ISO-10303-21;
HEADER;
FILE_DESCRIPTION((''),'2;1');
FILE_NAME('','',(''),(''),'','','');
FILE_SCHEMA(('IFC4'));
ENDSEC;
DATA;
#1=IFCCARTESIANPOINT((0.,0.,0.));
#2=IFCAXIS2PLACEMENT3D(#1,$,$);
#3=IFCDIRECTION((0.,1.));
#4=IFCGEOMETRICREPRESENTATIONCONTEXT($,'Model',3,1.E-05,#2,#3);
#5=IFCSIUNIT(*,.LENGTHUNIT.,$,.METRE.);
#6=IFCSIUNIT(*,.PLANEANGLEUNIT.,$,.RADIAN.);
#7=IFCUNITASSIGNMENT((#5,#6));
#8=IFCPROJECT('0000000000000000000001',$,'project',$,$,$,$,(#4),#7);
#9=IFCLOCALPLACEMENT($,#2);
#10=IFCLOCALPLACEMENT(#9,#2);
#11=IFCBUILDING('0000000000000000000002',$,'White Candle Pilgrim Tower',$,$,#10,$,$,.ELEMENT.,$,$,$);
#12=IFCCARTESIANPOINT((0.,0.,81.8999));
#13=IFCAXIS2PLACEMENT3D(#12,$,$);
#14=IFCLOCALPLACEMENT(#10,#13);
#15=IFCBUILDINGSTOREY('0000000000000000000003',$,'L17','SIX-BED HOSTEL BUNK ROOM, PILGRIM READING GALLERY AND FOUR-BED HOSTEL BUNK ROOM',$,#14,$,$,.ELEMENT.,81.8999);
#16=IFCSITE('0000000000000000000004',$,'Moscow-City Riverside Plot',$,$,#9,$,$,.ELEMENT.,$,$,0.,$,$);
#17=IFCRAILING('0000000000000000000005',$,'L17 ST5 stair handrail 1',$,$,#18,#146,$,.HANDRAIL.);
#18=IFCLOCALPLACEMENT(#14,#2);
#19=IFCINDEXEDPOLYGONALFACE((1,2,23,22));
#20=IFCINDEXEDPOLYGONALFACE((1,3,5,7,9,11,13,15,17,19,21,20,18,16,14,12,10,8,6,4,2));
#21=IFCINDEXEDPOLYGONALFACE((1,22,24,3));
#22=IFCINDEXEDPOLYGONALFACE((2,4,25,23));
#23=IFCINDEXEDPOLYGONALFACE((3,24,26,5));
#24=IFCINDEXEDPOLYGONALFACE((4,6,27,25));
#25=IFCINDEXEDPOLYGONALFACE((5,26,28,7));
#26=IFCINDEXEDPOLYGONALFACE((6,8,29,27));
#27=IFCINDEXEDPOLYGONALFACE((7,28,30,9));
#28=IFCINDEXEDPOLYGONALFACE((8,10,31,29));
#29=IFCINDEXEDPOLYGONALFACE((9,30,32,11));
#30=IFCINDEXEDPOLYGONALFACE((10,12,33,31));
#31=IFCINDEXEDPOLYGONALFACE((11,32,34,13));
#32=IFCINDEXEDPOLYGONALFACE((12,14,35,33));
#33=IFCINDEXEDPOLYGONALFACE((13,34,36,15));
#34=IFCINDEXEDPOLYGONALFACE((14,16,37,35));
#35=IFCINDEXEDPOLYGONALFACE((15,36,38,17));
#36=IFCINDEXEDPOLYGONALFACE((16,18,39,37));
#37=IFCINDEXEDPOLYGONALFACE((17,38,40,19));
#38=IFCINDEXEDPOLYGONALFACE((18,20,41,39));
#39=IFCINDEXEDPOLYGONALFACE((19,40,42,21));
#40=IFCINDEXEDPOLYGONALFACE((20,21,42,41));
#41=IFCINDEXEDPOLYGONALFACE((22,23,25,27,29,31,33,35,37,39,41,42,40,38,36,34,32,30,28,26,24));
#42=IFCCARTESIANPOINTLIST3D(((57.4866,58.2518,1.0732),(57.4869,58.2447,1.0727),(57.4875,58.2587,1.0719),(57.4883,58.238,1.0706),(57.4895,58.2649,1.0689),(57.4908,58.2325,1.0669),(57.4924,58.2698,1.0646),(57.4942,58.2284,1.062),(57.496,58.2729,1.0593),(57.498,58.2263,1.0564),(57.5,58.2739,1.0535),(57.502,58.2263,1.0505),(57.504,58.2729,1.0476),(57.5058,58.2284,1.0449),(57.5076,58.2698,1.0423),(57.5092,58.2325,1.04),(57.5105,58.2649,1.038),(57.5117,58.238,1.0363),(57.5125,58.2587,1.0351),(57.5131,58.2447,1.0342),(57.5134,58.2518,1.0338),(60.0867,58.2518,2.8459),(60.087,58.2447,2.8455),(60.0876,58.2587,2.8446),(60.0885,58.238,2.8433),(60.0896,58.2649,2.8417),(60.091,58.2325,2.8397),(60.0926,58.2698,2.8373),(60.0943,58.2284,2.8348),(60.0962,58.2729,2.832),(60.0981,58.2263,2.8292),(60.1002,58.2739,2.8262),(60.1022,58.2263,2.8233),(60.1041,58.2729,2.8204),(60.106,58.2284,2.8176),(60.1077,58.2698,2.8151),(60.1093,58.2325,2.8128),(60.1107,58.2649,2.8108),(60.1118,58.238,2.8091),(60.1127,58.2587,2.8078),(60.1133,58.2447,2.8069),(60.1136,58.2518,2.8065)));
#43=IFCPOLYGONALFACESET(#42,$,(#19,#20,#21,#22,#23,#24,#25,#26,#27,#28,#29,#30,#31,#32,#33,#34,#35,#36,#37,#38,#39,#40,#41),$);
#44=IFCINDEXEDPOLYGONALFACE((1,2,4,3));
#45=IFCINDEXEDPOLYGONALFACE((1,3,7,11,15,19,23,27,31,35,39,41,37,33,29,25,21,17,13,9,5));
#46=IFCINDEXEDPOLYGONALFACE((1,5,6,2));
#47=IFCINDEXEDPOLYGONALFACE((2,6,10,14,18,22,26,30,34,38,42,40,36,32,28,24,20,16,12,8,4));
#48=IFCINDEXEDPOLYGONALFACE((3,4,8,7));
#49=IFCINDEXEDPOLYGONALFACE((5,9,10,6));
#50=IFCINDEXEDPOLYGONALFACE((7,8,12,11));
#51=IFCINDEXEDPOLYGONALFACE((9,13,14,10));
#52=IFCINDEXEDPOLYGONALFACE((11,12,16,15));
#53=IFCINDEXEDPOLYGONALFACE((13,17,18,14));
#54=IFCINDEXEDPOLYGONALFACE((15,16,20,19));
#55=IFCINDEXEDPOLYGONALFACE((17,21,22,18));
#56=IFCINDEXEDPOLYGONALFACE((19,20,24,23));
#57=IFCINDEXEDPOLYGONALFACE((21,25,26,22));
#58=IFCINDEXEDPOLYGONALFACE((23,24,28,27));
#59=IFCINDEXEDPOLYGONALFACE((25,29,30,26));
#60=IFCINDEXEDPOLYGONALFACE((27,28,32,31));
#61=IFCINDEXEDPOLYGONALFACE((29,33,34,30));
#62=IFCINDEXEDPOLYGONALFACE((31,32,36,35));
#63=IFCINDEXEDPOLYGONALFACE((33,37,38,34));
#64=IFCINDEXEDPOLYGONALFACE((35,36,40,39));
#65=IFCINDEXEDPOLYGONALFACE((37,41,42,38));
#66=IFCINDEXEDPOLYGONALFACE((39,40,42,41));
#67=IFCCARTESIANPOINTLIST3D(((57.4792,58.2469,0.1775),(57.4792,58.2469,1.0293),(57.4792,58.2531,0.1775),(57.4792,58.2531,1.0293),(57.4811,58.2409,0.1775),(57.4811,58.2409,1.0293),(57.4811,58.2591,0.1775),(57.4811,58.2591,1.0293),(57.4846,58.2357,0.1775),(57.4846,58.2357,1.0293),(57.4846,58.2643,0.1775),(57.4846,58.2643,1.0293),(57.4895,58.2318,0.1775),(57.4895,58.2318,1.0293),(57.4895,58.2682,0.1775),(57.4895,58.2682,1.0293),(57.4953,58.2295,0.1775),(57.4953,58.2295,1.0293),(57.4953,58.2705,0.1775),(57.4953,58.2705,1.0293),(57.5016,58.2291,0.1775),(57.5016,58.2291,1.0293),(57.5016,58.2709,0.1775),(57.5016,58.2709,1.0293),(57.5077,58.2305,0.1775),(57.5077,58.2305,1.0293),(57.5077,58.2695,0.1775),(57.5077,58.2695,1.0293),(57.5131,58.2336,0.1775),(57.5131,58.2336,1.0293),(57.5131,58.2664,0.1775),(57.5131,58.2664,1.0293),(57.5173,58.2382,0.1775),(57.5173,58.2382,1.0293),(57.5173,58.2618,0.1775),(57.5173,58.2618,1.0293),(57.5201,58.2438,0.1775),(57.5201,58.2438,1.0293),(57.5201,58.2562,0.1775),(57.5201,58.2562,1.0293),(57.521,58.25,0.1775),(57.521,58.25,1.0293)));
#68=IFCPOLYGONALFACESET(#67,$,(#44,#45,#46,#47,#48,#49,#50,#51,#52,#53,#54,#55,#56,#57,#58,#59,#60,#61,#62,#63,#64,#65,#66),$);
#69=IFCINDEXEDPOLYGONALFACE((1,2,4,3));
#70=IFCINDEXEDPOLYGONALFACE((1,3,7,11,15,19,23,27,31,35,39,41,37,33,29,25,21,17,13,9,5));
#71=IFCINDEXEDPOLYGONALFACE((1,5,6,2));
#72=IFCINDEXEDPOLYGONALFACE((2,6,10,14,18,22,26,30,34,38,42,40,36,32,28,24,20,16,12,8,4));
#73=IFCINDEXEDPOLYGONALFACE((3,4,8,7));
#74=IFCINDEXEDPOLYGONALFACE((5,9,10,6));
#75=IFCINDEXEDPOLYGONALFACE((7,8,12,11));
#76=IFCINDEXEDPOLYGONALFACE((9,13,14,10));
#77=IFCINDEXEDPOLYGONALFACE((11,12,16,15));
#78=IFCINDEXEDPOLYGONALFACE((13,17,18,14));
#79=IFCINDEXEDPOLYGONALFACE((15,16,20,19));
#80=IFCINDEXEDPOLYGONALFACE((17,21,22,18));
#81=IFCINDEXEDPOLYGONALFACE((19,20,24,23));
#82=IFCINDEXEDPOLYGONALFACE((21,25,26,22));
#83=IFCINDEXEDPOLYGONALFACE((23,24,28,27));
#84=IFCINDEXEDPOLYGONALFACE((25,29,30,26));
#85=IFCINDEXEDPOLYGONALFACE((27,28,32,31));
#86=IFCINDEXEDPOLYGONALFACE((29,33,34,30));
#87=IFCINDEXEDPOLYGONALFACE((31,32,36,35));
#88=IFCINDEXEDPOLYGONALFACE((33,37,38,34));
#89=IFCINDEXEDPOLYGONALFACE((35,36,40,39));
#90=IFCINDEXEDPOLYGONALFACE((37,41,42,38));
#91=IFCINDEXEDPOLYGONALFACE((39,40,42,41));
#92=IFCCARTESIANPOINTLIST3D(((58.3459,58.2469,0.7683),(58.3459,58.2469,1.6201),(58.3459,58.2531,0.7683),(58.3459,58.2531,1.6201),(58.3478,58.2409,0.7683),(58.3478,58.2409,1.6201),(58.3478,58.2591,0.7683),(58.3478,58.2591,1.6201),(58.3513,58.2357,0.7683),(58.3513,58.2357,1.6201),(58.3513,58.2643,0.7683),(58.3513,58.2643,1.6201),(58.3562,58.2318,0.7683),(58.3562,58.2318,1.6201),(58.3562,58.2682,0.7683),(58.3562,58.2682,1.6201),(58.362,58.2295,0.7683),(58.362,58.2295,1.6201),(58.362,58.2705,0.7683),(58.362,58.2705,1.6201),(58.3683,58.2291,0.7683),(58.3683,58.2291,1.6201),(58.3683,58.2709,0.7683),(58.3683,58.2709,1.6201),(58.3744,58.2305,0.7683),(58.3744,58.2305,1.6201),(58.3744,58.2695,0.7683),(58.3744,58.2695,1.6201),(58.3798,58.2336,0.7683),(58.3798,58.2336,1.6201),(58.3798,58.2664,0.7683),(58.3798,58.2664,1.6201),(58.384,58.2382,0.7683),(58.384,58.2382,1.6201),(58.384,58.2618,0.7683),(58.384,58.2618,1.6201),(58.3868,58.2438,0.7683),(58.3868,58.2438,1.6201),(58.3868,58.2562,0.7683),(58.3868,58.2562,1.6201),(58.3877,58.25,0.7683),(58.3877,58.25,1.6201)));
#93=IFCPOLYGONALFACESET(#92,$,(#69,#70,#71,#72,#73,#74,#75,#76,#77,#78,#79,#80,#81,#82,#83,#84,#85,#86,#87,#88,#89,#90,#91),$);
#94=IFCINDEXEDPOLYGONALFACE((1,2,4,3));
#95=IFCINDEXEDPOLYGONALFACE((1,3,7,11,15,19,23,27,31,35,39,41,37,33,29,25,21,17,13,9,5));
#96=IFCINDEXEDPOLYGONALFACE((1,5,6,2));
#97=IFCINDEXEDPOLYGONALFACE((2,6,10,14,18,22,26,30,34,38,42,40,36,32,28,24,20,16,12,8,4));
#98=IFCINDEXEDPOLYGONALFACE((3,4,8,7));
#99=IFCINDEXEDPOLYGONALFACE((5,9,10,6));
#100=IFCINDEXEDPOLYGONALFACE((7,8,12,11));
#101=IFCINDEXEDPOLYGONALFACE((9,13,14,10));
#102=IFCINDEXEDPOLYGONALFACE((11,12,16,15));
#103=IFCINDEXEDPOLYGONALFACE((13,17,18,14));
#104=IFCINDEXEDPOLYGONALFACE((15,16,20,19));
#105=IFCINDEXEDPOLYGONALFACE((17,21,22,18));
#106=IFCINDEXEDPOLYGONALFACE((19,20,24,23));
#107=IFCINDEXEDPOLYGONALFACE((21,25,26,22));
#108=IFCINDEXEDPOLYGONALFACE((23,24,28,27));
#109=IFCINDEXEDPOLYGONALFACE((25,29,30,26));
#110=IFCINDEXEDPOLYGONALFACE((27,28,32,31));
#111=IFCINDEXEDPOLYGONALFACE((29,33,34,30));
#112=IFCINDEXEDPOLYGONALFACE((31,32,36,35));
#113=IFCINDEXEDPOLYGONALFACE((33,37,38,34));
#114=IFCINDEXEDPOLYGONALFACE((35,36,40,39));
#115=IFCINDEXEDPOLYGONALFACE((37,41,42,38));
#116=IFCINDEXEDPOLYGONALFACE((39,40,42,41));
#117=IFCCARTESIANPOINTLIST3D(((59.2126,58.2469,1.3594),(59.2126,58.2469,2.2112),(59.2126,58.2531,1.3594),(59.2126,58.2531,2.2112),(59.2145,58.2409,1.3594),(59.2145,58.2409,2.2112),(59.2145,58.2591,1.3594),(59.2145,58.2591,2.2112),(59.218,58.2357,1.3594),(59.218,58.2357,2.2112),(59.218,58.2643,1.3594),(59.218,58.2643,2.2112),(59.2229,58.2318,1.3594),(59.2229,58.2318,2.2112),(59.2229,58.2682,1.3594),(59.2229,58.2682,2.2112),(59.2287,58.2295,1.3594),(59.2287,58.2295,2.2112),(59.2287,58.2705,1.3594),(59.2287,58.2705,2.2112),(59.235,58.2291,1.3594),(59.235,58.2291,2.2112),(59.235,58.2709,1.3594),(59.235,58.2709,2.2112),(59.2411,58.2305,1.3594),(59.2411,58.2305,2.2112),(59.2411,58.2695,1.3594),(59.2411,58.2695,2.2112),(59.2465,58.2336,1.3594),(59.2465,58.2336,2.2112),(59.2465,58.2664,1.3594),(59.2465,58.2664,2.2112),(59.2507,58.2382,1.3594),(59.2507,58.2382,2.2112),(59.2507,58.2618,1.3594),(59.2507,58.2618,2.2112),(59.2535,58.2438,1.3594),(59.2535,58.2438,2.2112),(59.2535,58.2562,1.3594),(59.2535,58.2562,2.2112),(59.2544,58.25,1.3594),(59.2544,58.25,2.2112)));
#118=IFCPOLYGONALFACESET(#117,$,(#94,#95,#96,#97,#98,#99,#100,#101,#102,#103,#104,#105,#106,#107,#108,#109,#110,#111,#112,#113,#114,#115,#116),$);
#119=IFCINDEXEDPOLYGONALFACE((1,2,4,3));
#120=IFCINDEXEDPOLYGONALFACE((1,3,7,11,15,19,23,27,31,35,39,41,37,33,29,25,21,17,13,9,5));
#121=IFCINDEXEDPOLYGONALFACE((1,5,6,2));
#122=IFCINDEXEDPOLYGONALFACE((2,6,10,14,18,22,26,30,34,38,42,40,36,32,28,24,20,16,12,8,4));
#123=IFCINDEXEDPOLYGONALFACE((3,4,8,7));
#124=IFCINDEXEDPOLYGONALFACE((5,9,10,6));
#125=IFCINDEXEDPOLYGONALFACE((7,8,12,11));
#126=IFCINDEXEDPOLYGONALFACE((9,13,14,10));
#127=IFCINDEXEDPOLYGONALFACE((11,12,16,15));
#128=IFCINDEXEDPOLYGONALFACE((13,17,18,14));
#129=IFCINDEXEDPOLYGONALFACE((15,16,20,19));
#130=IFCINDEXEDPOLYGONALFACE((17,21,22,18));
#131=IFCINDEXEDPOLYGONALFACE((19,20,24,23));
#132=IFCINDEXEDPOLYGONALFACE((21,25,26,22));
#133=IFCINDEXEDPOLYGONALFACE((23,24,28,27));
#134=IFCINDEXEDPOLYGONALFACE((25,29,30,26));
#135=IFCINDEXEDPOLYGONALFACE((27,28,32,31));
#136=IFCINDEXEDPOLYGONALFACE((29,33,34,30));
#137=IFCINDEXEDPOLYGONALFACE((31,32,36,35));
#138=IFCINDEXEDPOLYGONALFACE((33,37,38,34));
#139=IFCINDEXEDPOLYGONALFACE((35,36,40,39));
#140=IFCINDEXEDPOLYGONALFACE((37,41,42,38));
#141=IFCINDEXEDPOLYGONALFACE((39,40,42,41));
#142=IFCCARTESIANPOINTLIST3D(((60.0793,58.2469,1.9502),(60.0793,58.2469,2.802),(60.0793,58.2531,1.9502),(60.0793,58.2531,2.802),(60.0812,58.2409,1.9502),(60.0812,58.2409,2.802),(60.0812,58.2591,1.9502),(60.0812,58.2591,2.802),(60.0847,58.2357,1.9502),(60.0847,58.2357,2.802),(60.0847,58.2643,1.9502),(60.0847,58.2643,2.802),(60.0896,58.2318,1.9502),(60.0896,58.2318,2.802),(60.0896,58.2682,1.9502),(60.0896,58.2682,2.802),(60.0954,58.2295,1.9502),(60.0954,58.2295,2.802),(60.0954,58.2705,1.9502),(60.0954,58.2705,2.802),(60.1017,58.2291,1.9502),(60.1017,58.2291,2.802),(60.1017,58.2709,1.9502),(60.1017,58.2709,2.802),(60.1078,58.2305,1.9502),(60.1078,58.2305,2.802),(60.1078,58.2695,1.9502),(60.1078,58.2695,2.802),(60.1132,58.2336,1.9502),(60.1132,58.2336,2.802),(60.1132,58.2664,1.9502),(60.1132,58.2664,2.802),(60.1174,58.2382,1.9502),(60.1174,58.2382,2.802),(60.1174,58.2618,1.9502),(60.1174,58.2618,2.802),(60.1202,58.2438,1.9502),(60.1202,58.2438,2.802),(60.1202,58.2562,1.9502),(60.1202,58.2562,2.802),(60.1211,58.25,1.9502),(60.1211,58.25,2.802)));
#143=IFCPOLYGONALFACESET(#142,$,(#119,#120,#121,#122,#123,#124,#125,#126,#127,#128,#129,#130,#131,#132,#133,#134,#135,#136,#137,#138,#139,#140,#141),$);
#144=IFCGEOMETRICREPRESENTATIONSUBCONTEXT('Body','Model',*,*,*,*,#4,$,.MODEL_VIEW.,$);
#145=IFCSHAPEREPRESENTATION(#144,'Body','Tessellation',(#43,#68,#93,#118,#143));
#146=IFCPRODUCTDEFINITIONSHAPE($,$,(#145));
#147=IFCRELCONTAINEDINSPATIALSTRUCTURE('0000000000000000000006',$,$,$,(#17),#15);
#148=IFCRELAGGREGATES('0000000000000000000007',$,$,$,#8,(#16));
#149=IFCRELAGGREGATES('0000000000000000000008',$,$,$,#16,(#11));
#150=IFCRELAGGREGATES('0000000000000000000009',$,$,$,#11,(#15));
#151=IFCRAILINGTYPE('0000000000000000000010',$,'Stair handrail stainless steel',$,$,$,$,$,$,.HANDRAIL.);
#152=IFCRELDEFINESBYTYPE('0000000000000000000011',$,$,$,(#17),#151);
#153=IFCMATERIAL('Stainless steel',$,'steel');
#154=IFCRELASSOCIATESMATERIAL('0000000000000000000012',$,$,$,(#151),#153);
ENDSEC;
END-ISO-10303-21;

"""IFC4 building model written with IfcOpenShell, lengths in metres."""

from ifc_helpers import new_model, si_unit, direction, frame, origin, origin_2d, place, context, subcontext, project, spatial, circle, extrude, material, type_object, element, save


model = new_model("IFC4")

# Units and contexts
model_context = context("Model", 3, precision=1e-05, world=origin(), true_north=direction((0.0, 1.0)))
body_context = subcontext(model_context, "Body", "Model", "MODEL_VIEW")
ifc_project = project(units=[si_unit("LENGTHUNIT", "METRE"), si_unit("PLANEANGLEUNIT", "RADIAN")], contexts=[model_context])

# Site, building, storey
site_placement = place(None, origin())
site = spatial("IfcSite", under=ifc_project, at=site_placement, Name="Moscow-City Riverside Plot", CompositionType="ELEMENT", RefElevation=0.0)
building_placement = place(site_placement, origin())
building = spatial("IfcBuilding", under=site, at=building_placement, Name="White Candle Pilgrim Tower", CompositionType="ELEMENT")
storey_placement = place(building_placement, frame((0.0, 0.0, 81.8999)))
storey = spatial("IfcBuildingStorey", under=building, at=storey_placement, Name="L17", Description="SIX-BED HOSTEL BUNK ROOM, PILGRIM READING GALLERY AND FOUR-BED HOSTEL BUNK ROOM", CompositionType="ELEMENT", Elevation=81.8999)

# Railing
ifc_material_1 = material(Name="Stainless steel", Category="steel")
railing_type_1 = type_object("IfcRailingType", Name="Stair handrail stainless steel", PredefinedType="HANDRAIL", material=ifc_material_1)
railing_1_placement = place(storey_placement, frame((57.5, 58.25, 0.1775)))
element("IfcRailing", 1, at=railing_1_placement, inside=storey, type_object=railing_type_1, Name="L17 ST5 stair handrail 1", PredefinedType="HANDRAIL", context=body_context, shape_type="SweptSolid", body=[
    extrude(circle(Radius=0.0239, at=origin_2d()), frame((0.0, 0.0, 0.876), z_axis=(0.82624, 0.0, 0.563318), x_axis=(0.0, 1.0, 0.0)), (0.0, 0.0, 1.0), 3.147),
    extrude(circle(Radius=0.021, at=origin_2d()), origin(), (0.0, 0.0, 1.0), 0.8518),
    extrude(circle(Radius=0.021, at=origin_2d()), frame((0.8667, 0.0, 0.5908)), (0.0, 0.0, 1.0), 0.8518),
    extrude(circle(Radius=0.021, at=origin_2d()), frame((1.7334, 0.0, 1.1819)), (0.0, 0.0, 1.0), 0.8518),
    extrude(circle(Radius=0.021, at=origin_2d()), frame((2.6001, 0.0, 1.7727)), (0.0, 0.0, 1.0), 0.8518),
])

save(model, "model.ifc")
